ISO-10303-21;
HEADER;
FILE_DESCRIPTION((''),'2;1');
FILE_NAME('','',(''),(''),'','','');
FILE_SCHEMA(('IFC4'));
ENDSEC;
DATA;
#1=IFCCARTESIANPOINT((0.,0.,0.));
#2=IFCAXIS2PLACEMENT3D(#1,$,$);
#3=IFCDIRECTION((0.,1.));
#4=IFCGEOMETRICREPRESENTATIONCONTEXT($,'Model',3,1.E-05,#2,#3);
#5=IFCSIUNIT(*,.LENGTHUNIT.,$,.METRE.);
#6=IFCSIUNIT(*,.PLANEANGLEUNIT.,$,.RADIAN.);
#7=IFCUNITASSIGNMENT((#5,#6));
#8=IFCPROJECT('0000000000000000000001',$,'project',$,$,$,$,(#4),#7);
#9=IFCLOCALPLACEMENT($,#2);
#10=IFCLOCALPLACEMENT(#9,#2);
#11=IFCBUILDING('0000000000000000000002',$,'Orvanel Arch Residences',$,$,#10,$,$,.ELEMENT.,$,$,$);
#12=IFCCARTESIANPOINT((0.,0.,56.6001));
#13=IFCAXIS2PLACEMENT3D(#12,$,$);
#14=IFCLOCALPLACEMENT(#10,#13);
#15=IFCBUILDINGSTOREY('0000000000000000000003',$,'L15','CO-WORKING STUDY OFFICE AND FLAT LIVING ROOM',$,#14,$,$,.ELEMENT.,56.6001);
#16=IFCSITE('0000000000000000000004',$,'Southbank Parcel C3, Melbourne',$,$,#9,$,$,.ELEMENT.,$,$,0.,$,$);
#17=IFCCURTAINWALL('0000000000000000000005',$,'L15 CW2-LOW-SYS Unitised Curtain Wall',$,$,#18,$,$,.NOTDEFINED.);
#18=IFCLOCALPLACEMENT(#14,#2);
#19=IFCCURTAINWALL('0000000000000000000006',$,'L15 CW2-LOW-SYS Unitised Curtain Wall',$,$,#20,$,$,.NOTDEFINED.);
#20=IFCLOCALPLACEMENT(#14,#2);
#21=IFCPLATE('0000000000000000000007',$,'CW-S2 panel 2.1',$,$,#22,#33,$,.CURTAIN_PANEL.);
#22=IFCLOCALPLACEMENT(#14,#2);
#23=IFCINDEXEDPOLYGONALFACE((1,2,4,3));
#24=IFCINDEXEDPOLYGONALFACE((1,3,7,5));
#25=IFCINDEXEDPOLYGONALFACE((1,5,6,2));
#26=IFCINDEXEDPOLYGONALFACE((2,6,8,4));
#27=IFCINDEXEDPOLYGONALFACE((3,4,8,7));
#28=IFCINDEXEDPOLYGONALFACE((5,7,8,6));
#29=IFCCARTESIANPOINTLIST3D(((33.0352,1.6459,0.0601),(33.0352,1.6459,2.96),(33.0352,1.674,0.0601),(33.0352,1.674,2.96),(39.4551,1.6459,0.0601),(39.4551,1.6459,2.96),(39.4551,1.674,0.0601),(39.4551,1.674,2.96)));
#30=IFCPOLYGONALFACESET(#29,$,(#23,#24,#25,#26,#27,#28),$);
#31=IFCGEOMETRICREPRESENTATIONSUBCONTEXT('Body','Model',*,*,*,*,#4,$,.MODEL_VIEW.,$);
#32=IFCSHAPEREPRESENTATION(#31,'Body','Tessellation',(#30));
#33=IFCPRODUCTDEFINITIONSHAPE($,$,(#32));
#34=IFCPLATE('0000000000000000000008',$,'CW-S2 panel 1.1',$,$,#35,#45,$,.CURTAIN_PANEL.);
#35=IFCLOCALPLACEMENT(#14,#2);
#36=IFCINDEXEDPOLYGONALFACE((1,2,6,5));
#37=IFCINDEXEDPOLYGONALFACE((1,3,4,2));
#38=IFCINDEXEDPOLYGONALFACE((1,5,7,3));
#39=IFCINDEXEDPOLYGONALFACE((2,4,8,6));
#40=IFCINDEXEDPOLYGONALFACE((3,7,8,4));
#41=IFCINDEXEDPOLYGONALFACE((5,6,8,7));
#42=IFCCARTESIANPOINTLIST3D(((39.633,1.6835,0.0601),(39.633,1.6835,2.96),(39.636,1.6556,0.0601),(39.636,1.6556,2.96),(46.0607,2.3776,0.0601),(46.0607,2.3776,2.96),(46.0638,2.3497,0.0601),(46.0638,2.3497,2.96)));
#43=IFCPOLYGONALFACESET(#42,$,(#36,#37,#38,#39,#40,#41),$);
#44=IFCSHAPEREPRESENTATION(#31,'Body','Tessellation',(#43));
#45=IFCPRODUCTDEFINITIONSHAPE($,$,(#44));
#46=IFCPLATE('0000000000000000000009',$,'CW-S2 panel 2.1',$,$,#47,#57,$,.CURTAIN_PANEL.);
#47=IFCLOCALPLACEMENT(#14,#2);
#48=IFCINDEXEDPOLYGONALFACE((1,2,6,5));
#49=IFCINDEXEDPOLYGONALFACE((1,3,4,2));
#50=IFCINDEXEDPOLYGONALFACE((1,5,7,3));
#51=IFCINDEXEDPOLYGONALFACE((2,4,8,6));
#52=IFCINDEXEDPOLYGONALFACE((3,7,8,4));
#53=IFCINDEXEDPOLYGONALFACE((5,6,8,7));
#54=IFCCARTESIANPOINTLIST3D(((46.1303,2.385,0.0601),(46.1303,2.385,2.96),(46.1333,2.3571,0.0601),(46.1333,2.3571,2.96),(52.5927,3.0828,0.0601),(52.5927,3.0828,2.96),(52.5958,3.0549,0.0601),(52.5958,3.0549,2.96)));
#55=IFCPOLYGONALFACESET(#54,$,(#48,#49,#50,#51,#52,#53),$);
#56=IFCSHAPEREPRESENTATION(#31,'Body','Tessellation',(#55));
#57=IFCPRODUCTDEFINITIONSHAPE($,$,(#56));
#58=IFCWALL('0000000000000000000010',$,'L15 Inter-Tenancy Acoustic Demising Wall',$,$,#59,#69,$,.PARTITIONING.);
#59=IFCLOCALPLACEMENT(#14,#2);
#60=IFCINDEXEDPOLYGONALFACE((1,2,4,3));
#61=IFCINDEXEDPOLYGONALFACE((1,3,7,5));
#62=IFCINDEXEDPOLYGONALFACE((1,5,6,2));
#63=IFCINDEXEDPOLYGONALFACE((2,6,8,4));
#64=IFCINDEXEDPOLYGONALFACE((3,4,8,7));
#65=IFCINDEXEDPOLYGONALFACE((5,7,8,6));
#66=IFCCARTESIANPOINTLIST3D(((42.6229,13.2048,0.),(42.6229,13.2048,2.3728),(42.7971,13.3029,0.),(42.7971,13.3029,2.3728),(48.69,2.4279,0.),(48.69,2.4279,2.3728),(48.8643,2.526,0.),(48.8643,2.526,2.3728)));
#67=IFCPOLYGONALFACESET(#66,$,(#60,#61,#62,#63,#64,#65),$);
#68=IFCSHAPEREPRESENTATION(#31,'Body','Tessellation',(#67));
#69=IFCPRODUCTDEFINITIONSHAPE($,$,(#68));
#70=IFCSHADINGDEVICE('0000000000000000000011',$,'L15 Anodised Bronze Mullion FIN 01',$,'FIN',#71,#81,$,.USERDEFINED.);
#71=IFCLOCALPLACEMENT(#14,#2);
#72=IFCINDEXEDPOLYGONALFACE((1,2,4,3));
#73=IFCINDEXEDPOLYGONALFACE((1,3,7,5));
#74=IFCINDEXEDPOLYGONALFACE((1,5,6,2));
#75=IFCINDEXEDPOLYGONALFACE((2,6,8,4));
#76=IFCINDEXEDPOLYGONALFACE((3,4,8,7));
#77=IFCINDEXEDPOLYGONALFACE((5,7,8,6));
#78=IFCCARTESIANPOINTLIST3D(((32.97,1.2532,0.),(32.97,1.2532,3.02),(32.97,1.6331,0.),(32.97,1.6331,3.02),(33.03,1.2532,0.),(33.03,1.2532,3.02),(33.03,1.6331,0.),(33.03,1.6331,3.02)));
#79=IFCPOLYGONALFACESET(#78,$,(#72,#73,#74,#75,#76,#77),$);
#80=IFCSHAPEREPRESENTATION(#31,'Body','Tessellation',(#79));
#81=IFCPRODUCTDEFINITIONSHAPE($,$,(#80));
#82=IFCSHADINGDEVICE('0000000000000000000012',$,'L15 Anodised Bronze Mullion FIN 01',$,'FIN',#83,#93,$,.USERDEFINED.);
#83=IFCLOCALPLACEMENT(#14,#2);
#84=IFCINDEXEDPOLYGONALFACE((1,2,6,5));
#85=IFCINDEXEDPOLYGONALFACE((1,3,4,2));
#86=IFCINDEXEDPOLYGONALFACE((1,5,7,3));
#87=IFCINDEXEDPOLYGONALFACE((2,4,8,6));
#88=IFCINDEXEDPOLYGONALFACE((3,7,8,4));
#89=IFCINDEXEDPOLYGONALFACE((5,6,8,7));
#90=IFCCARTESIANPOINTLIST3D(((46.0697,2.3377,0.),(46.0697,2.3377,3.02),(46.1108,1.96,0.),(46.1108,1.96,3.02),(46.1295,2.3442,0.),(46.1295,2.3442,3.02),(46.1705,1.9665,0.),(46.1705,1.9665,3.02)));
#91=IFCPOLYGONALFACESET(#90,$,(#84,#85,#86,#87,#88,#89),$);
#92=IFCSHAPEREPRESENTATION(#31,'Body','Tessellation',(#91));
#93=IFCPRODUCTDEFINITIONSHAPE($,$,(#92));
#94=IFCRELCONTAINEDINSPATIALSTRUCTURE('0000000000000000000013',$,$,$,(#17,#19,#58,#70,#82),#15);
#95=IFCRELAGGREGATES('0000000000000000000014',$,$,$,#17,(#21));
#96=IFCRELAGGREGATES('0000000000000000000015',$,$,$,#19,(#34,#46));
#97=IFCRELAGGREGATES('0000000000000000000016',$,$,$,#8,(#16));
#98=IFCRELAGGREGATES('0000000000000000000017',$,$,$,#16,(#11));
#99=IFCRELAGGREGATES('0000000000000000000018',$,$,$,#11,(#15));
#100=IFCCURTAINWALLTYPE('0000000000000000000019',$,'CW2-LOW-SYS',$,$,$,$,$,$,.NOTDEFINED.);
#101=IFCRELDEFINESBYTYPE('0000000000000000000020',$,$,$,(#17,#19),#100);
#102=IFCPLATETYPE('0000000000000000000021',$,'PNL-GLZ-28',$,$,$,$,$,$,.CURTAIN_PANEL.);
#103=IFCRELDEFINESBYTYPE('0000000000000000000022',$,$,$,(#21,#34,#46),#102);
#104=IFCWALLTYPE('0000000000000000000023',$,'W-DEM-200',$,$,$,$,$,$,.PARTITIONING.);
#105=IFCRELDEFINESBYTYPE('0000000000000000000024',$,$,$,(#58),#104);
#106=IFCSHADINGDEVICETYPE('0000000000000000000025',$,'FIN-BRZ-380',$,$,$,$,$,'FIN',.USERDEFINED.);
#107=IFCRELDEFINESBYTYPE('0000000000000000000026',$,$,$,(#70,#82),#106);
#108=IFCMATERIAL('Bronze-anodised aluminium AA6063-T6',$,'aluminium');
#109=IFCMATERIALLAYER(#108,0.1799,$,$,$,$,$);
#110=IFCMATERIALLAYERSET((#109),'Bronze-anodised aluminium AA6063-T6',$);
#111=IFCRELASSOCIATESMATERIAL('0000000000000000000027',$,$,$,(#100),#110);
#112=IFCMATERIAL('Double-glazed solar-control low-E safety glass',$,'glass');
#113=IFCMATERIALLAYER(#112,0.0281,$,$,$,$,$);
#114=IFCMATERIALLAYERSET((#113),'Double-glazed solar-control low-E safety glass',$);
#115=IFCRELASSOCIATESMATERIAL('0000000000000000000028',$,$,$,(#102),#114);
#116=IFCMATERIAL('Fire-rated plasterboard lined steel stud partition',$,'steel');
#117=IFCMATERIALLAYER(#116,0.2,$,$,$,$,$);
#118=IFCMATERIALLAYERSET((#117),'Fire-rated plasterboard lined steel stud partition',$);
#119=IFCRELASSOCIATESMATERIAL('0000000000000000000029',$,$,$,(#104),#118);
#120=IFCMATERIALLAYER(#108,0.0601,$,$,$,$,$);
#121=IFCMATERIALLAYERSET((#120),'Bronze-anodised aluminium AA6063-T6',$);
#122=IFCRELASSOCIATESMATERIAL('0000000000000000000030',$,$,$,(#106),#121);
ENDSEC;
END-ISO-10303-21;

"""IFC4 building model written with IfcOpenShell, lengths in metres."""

from ifc_helpers import new_model, si_unit, direction, frame, frame_2d, origin, origin_2d, place, context, subcontext, project, spatial, rectangle, extrude, material, layer, layer_set, type_object, element, aggregate, save


model = new_model("IFC4")

# Units and contexts
model_context = context("Model", 3, precision=1e-05, world=origin(), true_north=direction((0.0, 1.0)))
body_context = subcontext(model_context, "Body", "Model", "MODEL_VIEW")
ifc_project = project(units=[si_unit("LENGTHUNIT", "METRE"), si_unit("PLANEANGLEUNIT", "RADIAN")], contexts=[model_context])

# Site, building, storey
site_placement = place(None, origin())
site = spatial("IfcSite", under=ifc_project, at=site_placement, Name="Southbank Parcel C3, Melbourne", CompositionType="ELEMENT", RefElevation=0.0)
building_placement = place(site_placement, origin())
building = spatial("IfcBuilding", under=site, at=building_placement, Name="Orvanel Arch Residences", CompositionType="ELEMENT")
storey_placement = place(building_placement, frame((0.0, 0.0, 56.6001)))
storey = spatial("IfcBuildingStorey", under=building, at=storey_placement, Name="L15", Description="CO-WORKING STUDY OFFICE AND FLAT LIVING ROOM", CompositionType="ELEMENT", Elevation=56.6001)

# Curtain walls
ifc_material_1 = material(Name="Bronze-anodised aluminium AA6063-T6", Category="aluminium")
ifc_layer_1 = layer(ifc_material_1, 0.1799)
ifc_layer_set_1 = layer_set([ifc_layer_1], Name="Bronze-anodised aluminium AA6063-T6")
curtain_wall_type = type_object("IfcCurtainWallType", Name="CW2-LOW-SYS", PredefinedType="NOTDEFINED", material=ifc_layer_set_1)
curtain_wall_1_placement = place(storey_placement, origin())
curtain_wall_1 = element("IfcCurtainWall", 1, at=curtain_wall_1_placement, inside=storey, type_object=curtain_wall_type, Name="L15 CW2-LOW-SYS Unitised Curtain Wall", PredefinedType="NOTDEFINED")
curtain_wall_2_placement = place(storey_placement, origin())
curtain_wall_2 = element("IfcCurtainWall", 2, at=curtain_wall_2_placement, inside=storey, type_object=curtain_wall_type, Name="L15 CW2-LOW-SYS Unitised Curtain Wall", PredefinedType="NOTDEFINED")

# Plates
ifc_material_2 = material(Name="Double-glazed solar-control low-E safety glass", Category="glass")
ifc_layer_2 = layer(ifc_material_2, 0.0281)
ifc_layer_set_2 = layer_set([ifc_layer_2], Name="Double-glazed solar-control low-E safety glass")
plate_type_1 = type_object("IfcPlateType", Name="PNL-GLZ-28", PredefinedType="CURTAIN_PANEL", material=ifc_layer_set_2)
plate_1_placement = place(storey_placement, frame((36.2451, 1.6599, 0.0601), z_axis=(0.0, 0.0, 1.0), x_axis=(1.0, 0.0, 0.0)))
plate_1 = element("IfcPlate", 3, at=plate_1_placement, type_object=plate_type_1, Name="CW-S2 panel 2.1", PredefinedType="CURTAIN_PANEL", context=body_context, shape_type="SweptSolid", body=[
    extrude(rectangle(XDim=6.4199, YDim=0.0281, at=origin_2d()), origin(), (0.0, 0.0, 1.0), 2.8999),
])
aggregate(curtain_wall_1, [plate_1])
plate_2_placement = place(storey_placement, frame((42.8484, 2.0166, 0.0601), z_axis=(0.0, 0.0, 1.0), x_axis=(0.994221, 0.107357, 0.0)))
plate_2 = element("IfcPlate", 4, at=plate_2_placement, type_object=plate_type_1, Name="CW-S2 panel 1.1", PredefinedType="CURTAIN_PANEL", context=body_context, shape_type="SweptSolid", body=[
    extrude(rectangle(XDim=6.4651, YDim=0.0281, at=origin_2d()), origin(), (0.0, 0.0, 1.0), 2.8999),
])
plate_3_placement = place(storey_placement, frame((49.363, 2.72, 0.0601), z_axis=(0.0, 0.0, 1.0), x_axis=(0.994221, 0.107357, 0.0)))
plate_3 = element("IfcPlate", 5, at=plate_3_placement, type_object=plate_type_1, Name="CW-S2 panel 2.1", PredefinedType="CURTAIN_PANEL", context=body_context, shape_type="SweptSolid", body=[
    extrude(rectangle(XDim=6.5, YDim=0.0281, at=origin_2d()), origin(), (0.0, 0.0, 1.0), 2.8999),
])
aggregate(curtain_wall_2, [plate_2, plate_3])

# Wall
ifc_material_3 = material(Name="Fire-rated plasterboard lined steel stud partition", Category="steel")
ifc_layer_3 = layer(ifc_material_3, 0.2)
ifc_layer_set_3 = layer_set([ifc_layer_3], Name="Fire-rated plasterboard lined steel stud partition")
wall_type = type_object("IfcWallType", Name="W-DEM-200", PredefinedType="PARTITIONING", material=ifc_layer_set_3)
wall_placement = place(storey_placement, frame((48.7771, 2.4771, 0.0), z_axis=(0.0, 0.0, 1.0), x_axis=(-0.490578, 0.871397, 0.0)))
element("IfcWall", 6, at=wall_placement, inside=storey, type_object=wall_type, Name="L15 Inter-Tenancy Acoustic Demising Wall", PredefinedType="PARTITIONING", context=body_context, shape_type="SweptSolid", body=[
    extrude(rectangle(XDim=12.3674, YDim=0.2, at=frame_2d((6.1836, 0.0))), origin(), (0.0, 0.0, 1.0), 2.3728),
])

# Shading devices
ifc_layer_4 = layer(ifc_material_1, 0.0601)
ifc_layer_set_4 = layer_set([ifc_layer_4], Name="Bronze-anodised aluminium AA6063-T6")
shading_device_type = type_object("IfcShadingDeviceType", Name="FIN-BRZ-380", ElementType="FIN", PredefinedType="USERDEFINED", material=ifc_layer_set_4)
for number, where, z_axis, x_axis, name in (
    (7, (33.0, 1.4431, 0.0), (0.0, 0.0, 1.0), (0.0, -1.0, 0.0), "L15 Anodised Bronze Mullion FIN 01"),
    (8, (46.1201, 2.1521, 0.0), (0.0, 0.0, 1.0), (0.107999, -0.994151, 0.0), "L15 Anodised Bronze Mullion FIN 01"),
):
    element("IfcShadingDevice", number, at=place(storey_placement, frame(where, z_axis=z_axis, x_axis=x_axis)), inside=storey, type_object=shading_device_type, Name=name, ObjectType="FIN", PredefinedType="USERDEFINED", context=body_context, shape_type="SweptSolid", body=[
        extrude(rectangle(XDim=0.3799, YDim=0.0601, at=origin_2d()), origin(), (0.0, 0.0, 1.0), 3.02),
    ])

save(model, "model.ifc")
